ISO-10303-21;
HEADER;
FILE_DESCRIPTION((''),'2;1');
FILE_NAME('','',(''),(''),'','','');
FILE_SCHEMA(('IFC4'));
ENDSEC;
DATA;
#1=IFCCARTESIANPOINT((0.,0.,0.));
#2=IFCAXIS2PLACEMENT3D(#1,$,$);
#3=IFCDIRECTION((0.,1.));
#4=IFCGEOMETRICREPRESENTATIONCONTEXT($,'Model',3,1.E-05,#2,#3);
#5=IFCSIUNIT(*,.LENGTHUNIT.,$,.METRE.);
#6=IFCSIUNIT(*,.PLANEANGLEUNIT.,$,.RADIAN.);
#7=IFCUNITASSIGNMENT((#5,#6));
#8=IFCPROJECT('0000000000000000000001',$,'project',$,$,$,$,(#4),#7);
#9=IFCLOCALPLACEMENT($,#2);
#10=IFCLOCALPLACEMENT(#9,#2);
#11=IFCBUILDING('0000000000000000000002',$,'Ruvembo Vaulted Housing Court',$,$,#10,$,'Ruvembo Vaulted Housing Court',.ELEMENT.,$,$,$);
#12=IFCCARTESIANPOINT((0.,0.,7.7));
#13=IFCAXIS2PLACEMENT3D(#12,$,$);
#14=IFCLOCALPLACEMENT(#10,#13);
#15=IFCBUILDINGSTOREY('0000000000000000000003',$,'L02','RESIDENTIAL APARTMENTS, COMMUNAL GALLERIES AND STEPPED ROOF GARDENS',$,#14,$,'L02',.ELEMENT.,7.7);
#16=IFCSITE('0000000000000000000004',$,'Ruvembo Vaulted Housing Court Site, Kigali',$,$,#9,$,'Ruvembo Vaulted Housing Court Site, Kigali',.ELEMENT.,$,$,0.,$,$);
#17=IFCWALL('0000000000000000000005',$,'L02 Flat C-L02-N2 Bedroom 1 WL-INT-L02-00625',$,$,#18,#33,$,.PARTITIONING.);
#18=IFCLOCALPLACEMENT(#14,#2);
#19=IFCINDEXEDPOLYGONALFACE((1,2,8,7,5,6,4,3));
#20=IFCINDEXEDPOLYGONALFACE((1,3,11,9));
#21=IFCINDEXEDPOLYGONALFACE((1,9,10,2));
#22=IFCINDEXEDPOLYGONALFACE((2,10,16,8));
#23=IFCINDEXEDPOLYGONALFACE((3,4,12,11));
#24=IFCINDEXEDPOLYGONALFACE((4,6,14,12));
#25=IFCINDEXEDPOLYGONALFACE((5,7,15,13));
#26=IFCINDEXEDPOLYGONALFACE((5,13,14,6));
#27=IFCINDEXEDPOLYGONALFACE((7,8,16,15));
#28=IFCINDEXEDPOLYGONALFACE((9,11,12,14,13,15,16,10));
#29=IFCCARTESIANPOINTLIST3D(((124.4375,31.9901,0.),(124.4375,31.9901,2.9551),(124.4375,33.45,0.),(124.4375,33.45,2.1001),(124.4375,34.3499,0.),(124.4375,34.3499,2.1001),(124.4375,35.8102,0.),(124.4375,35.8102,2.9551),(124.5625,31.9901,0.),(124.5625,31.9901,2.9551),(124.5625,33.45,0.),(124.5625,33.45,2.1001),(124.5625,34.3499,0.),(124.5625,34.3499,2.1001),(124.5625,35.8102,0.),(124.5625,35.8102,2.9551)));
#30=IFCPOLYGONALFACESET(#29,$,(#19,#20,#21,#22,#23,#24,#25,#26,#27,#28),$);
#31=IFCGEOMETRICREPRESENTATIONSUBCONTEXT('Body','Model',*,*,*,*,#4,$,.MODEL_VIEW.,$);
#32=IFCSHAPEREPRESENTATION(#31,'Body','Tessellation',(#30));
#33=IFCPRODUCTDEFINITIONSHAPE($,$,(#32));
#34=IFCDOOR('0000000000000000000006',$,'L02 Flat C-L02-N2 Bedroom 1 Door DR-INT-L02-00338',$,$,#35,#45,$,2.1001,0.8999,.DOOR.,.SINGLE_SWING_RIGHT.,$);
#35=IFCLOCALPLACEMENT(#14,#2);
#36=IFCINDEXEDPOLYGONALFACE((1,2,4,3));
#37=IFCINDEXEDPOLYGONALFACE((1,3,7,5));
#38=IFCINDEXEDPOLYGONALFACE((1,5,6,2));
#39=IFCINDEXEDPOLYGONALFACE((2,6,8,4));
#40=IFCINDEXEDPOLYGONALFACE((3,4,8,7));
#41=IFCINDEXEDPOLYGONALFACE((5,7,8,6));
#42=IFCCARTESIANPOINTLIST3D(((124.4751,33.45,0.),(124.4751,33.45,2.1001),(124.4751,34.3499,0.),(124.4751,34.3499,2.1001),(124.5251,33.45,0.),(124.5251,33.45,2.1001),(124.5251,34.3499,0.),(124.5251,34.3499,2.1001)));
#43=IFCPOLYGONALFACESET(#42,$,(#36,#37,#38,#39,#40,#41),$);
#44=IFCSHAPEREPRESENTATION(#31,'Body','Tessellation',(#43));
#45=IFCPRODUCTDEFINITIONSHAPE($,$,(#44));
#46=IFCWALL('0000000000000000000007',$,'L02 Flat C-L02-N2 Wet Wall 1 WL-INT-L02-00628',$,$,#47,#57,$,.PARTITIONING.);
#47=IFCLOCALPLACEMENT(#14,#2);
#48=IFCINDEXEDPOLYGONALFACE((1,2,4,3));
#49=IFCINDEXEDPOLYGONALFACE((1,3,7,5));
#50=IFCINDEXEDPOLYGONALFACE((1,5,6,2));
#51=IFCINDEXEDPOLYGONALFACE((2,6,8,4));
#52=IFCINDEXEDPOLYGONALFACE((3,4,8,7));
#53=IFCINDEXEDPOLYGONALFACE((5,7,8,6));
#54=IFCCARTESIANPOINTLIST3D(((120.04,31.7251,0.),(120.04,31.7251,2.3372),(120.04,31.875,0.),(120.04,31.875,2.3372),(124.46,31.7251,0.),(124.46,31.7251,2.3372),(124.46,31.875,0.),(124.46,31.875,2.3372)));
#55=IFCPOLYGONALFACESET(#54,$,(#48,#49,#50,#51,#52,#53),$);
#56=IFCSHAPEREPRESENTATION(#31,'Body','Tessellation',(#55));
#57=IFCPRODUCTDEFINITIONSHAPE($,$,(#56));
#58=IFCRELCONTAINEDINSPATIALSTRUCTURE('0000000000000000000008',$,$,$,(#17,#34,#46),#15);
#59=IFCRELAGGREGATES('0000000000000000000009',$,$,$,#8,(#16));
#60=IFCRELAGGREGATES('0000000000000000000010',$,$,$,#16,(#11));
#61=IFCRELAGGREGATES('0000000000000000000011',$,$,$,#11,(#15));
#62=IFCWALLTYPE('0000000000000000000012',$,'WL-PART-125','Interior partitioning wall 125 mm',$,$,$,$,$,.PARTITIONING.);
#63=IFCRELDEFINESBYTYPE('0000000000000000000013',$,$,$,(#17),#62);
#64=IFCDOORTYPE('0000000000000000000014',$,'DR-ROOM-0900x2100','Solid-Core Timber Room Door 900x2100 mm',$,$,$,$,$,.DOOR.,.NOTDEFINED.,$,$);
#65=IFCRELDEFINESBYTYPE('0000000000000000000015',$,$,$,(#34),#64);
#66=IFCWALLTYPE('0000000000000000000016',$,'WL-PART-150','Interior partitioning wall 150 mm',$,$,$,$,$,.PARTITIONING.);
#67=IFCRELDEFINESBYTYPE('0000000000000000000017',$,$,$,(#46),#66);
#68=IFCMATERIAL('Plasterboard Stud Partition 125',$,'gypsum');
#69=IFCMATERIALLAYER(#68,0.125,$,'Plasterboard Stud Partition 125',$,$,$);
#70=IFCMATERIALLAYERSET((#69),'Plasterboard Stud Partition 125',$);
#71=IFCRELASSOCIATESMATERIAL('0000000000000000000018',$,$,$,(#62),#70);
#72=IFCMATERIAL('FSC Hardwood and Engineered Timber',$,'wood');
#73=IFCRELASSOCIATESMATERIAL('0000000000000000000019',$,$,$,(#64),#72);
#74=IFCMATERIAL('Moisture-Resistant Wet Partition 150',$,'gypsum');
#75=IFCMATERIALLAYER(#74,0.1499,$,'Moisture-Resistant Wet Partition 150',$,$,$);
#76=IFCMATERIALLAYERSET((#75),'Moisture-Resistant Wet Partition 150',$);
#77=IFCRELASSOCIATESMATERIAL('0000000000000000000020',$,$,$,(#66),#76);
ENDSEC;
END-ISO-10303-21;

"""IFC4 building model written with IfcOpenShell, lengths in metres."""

from ifc_helpers import new_model, si_unit, direction, frame, frame_2d, origin, place, context, subcontext, project, spatial, rectangle, extrude, material, layer, layer_set, type_object, element, fill, save


model = new_model("IFC4")

# Units and contexts
model_context = context("Model", 3, precision=1e-05, world=origin(), true_north=direction((0.0, 1.0)))
body_context = subcontext(model_context, "Body", "Model", "MODEL_VIEW")
ifc_project = project(units=[si_unit("LENGTHUNIT", "METRE"), si_unit("PLANEANGLEUNIT", "RADIAN")], contexts=[model_context])

# Site, building, storey
site_placement = place(None, origin())
site = spatial("IfcSite", under=ifc_project, at=site_placement, Name="Ruvembo Vaulted Housing Court Site, Kigali", LongName="Ruvembo Vaulted Housing Court Site, Kigali", CompositionType="ELEMENT", RefElevation=0.0)
building_placement = place(site_placement, origin())
building = spatial("IfcBuilding", under=site, at=building_placement, Name="Ruvembo Vaulted Housing Court", LongName="Ruvembo Vaulted Housing Court", CompositionType="ELEMENT")
storey_placement = place(building_placement, frame((0.0, 0.0, 7.7)))
storey = spatial("IfcBuildingStorey", under=building, at=storey_placement, Name="L02", Description="RESIDENTIAL APARTMENTS, COMMUNAL GALLERIES AND STEPPED ROOF GARDENS", LongName="L02", CompositionType="ELEMENT", Elevation=7.7)

# Wall, opening, door
ifc_material_1 = material(Name="Plasterboard Stud Partition 125", Category="gypsum")
ifc_layer_1 = layer(ifc_material_1, 0.125, Name="Plasterboard Stud Partition 125")
ifc_layer_set_1 = layer_set([ifc_layer_1], Name="Plasterboard Stud Partition 125")
wall_type_1 = type_object("IfcWallType", Name="WL-PART-125", Description="Interior partitioning wall 125 mm", PredefinedType="PARTITIONING", material=ifc_layer_set_1)
wall_1_placement = place(storey_placement, frame((124.5, 31.99, 0.0), z_axis=(0.0, 0.0, 1.0), x_axis=(0.0, 1.0, 0.0)))
wall_1 = element("IfcWall", 1, at=wall_1_placement, inside=storey, type_object=wall_type_1, Name="L02 Flat C-L02-N2 Bedroom 1 WL-INT-L02-00625", PredefinedType="PARTITIONING", context=body_context, shape_type="SweptSolid", body=[
    extrude(rectangle(XDim=3.8201, YDim=0.125, at=frame_2d((1.9102, 0.0))), origin(), (0.0, 0.0, 1.0), 2.9551),
])
opening_1_placement = place(wall_1_placement, frame((1.46, 0.0, 0.0)))
opening_1 = element("IfcOpeningElement", 2, at=opening_1_placement, cuts=wall_1, PredefinedType="OPENING", context=body_context, shape_type="SweptSolid", body=[
    extrude(rectangle(XDim=0.8999, YDim=2.1001, at=frame_2d((0.45, 1.05))), frame((0.0, 0.0725, 0.0), z_axis=(0.0, -1.0, 0.0), x_axis=(1.0, 0.0, 0.0)), (0.0, 0.0, 1.0), 0.145),
])
ifc_material_2 = material(Name="FSC Hardwood and Engineered Timber", Category="wood")
door_type = type_object("IfcDoorType", Name="DR-ROOM-0900x2100", Description="Solid-Core Timber Room Door 900x2100 mm", OperationType="NOTDEFINED", PredefinedType="DOOR", material=ifc_material_2)
door_placement = place(opening_1_placement, origin())
door = element("IfcDoor", 3, at=door_placement, inside=storey, type_object=door_type, Name="L02 Flat C-L02-N2 Bedroom 1 Door DR-INT-L02-00338", OperationType="SINGLE_SWING_RIGHT", OverallHeight=2.1001, OverallWidth=0.8999, PredefinedType="DOOR", context=body_context, shape_type="SweptSolid", body=[
    extrude(rectangle(XDim=0.8999, YDim=2.1001, at=frame_2d((0.45, 1.05))), frame((0.0, 0.0249, 0.0), z_axis=(0.0, -1.0, 0.0), x_axis=(1.0, 0.0, 0.0)), (0.0, 0.0, 1.0), 0.05),
])
fill(opening_1, door)

# Wall
ifc_material_3 = material(Name="Moisture-Resistant Wet Partition 150", Category="gypsum")
ifc_layer_2 = layer(ifc_material_3, 0.1499, Name="Moisture-Resistant Wet Partition 150")
ifc_layer_set_2 = layer_set([ifc_layer_2], Name="Moisture-Resistant Wet Partition 150")
wall_type_2 = type_object("IfcWallType", Name="WL-PART-150", Description="Interior partitioning wall 150 mm", PredefinedType="PARTITIONING", material=ifc_layer_set_2)
wall_2_placement = place(storey_placement, frame((120.04, 31.8, 0.0), z_axis=(0.0, 0.0, 1.0), x_axis=(1.0, 0.0, 0.0)))
element("IfcWall", 4, at=wall_2_placement, inside=storey, type_object=wall_type_2, Name="L02 Flat C-L02-N2 Wet Wall 1 WL-INT-L02-00628", PredefinedType="PARTITIONING", context=body_context, shape_type="SweptSolid", body=[
    extrude(rectangle(XDim=4.4199, YDim=0.1499, at=frame_2d((2.21, 0.0))), origin(), (0.0, 0.0, 1.0), 2.3372),
])

save(model, "model.ifc")
